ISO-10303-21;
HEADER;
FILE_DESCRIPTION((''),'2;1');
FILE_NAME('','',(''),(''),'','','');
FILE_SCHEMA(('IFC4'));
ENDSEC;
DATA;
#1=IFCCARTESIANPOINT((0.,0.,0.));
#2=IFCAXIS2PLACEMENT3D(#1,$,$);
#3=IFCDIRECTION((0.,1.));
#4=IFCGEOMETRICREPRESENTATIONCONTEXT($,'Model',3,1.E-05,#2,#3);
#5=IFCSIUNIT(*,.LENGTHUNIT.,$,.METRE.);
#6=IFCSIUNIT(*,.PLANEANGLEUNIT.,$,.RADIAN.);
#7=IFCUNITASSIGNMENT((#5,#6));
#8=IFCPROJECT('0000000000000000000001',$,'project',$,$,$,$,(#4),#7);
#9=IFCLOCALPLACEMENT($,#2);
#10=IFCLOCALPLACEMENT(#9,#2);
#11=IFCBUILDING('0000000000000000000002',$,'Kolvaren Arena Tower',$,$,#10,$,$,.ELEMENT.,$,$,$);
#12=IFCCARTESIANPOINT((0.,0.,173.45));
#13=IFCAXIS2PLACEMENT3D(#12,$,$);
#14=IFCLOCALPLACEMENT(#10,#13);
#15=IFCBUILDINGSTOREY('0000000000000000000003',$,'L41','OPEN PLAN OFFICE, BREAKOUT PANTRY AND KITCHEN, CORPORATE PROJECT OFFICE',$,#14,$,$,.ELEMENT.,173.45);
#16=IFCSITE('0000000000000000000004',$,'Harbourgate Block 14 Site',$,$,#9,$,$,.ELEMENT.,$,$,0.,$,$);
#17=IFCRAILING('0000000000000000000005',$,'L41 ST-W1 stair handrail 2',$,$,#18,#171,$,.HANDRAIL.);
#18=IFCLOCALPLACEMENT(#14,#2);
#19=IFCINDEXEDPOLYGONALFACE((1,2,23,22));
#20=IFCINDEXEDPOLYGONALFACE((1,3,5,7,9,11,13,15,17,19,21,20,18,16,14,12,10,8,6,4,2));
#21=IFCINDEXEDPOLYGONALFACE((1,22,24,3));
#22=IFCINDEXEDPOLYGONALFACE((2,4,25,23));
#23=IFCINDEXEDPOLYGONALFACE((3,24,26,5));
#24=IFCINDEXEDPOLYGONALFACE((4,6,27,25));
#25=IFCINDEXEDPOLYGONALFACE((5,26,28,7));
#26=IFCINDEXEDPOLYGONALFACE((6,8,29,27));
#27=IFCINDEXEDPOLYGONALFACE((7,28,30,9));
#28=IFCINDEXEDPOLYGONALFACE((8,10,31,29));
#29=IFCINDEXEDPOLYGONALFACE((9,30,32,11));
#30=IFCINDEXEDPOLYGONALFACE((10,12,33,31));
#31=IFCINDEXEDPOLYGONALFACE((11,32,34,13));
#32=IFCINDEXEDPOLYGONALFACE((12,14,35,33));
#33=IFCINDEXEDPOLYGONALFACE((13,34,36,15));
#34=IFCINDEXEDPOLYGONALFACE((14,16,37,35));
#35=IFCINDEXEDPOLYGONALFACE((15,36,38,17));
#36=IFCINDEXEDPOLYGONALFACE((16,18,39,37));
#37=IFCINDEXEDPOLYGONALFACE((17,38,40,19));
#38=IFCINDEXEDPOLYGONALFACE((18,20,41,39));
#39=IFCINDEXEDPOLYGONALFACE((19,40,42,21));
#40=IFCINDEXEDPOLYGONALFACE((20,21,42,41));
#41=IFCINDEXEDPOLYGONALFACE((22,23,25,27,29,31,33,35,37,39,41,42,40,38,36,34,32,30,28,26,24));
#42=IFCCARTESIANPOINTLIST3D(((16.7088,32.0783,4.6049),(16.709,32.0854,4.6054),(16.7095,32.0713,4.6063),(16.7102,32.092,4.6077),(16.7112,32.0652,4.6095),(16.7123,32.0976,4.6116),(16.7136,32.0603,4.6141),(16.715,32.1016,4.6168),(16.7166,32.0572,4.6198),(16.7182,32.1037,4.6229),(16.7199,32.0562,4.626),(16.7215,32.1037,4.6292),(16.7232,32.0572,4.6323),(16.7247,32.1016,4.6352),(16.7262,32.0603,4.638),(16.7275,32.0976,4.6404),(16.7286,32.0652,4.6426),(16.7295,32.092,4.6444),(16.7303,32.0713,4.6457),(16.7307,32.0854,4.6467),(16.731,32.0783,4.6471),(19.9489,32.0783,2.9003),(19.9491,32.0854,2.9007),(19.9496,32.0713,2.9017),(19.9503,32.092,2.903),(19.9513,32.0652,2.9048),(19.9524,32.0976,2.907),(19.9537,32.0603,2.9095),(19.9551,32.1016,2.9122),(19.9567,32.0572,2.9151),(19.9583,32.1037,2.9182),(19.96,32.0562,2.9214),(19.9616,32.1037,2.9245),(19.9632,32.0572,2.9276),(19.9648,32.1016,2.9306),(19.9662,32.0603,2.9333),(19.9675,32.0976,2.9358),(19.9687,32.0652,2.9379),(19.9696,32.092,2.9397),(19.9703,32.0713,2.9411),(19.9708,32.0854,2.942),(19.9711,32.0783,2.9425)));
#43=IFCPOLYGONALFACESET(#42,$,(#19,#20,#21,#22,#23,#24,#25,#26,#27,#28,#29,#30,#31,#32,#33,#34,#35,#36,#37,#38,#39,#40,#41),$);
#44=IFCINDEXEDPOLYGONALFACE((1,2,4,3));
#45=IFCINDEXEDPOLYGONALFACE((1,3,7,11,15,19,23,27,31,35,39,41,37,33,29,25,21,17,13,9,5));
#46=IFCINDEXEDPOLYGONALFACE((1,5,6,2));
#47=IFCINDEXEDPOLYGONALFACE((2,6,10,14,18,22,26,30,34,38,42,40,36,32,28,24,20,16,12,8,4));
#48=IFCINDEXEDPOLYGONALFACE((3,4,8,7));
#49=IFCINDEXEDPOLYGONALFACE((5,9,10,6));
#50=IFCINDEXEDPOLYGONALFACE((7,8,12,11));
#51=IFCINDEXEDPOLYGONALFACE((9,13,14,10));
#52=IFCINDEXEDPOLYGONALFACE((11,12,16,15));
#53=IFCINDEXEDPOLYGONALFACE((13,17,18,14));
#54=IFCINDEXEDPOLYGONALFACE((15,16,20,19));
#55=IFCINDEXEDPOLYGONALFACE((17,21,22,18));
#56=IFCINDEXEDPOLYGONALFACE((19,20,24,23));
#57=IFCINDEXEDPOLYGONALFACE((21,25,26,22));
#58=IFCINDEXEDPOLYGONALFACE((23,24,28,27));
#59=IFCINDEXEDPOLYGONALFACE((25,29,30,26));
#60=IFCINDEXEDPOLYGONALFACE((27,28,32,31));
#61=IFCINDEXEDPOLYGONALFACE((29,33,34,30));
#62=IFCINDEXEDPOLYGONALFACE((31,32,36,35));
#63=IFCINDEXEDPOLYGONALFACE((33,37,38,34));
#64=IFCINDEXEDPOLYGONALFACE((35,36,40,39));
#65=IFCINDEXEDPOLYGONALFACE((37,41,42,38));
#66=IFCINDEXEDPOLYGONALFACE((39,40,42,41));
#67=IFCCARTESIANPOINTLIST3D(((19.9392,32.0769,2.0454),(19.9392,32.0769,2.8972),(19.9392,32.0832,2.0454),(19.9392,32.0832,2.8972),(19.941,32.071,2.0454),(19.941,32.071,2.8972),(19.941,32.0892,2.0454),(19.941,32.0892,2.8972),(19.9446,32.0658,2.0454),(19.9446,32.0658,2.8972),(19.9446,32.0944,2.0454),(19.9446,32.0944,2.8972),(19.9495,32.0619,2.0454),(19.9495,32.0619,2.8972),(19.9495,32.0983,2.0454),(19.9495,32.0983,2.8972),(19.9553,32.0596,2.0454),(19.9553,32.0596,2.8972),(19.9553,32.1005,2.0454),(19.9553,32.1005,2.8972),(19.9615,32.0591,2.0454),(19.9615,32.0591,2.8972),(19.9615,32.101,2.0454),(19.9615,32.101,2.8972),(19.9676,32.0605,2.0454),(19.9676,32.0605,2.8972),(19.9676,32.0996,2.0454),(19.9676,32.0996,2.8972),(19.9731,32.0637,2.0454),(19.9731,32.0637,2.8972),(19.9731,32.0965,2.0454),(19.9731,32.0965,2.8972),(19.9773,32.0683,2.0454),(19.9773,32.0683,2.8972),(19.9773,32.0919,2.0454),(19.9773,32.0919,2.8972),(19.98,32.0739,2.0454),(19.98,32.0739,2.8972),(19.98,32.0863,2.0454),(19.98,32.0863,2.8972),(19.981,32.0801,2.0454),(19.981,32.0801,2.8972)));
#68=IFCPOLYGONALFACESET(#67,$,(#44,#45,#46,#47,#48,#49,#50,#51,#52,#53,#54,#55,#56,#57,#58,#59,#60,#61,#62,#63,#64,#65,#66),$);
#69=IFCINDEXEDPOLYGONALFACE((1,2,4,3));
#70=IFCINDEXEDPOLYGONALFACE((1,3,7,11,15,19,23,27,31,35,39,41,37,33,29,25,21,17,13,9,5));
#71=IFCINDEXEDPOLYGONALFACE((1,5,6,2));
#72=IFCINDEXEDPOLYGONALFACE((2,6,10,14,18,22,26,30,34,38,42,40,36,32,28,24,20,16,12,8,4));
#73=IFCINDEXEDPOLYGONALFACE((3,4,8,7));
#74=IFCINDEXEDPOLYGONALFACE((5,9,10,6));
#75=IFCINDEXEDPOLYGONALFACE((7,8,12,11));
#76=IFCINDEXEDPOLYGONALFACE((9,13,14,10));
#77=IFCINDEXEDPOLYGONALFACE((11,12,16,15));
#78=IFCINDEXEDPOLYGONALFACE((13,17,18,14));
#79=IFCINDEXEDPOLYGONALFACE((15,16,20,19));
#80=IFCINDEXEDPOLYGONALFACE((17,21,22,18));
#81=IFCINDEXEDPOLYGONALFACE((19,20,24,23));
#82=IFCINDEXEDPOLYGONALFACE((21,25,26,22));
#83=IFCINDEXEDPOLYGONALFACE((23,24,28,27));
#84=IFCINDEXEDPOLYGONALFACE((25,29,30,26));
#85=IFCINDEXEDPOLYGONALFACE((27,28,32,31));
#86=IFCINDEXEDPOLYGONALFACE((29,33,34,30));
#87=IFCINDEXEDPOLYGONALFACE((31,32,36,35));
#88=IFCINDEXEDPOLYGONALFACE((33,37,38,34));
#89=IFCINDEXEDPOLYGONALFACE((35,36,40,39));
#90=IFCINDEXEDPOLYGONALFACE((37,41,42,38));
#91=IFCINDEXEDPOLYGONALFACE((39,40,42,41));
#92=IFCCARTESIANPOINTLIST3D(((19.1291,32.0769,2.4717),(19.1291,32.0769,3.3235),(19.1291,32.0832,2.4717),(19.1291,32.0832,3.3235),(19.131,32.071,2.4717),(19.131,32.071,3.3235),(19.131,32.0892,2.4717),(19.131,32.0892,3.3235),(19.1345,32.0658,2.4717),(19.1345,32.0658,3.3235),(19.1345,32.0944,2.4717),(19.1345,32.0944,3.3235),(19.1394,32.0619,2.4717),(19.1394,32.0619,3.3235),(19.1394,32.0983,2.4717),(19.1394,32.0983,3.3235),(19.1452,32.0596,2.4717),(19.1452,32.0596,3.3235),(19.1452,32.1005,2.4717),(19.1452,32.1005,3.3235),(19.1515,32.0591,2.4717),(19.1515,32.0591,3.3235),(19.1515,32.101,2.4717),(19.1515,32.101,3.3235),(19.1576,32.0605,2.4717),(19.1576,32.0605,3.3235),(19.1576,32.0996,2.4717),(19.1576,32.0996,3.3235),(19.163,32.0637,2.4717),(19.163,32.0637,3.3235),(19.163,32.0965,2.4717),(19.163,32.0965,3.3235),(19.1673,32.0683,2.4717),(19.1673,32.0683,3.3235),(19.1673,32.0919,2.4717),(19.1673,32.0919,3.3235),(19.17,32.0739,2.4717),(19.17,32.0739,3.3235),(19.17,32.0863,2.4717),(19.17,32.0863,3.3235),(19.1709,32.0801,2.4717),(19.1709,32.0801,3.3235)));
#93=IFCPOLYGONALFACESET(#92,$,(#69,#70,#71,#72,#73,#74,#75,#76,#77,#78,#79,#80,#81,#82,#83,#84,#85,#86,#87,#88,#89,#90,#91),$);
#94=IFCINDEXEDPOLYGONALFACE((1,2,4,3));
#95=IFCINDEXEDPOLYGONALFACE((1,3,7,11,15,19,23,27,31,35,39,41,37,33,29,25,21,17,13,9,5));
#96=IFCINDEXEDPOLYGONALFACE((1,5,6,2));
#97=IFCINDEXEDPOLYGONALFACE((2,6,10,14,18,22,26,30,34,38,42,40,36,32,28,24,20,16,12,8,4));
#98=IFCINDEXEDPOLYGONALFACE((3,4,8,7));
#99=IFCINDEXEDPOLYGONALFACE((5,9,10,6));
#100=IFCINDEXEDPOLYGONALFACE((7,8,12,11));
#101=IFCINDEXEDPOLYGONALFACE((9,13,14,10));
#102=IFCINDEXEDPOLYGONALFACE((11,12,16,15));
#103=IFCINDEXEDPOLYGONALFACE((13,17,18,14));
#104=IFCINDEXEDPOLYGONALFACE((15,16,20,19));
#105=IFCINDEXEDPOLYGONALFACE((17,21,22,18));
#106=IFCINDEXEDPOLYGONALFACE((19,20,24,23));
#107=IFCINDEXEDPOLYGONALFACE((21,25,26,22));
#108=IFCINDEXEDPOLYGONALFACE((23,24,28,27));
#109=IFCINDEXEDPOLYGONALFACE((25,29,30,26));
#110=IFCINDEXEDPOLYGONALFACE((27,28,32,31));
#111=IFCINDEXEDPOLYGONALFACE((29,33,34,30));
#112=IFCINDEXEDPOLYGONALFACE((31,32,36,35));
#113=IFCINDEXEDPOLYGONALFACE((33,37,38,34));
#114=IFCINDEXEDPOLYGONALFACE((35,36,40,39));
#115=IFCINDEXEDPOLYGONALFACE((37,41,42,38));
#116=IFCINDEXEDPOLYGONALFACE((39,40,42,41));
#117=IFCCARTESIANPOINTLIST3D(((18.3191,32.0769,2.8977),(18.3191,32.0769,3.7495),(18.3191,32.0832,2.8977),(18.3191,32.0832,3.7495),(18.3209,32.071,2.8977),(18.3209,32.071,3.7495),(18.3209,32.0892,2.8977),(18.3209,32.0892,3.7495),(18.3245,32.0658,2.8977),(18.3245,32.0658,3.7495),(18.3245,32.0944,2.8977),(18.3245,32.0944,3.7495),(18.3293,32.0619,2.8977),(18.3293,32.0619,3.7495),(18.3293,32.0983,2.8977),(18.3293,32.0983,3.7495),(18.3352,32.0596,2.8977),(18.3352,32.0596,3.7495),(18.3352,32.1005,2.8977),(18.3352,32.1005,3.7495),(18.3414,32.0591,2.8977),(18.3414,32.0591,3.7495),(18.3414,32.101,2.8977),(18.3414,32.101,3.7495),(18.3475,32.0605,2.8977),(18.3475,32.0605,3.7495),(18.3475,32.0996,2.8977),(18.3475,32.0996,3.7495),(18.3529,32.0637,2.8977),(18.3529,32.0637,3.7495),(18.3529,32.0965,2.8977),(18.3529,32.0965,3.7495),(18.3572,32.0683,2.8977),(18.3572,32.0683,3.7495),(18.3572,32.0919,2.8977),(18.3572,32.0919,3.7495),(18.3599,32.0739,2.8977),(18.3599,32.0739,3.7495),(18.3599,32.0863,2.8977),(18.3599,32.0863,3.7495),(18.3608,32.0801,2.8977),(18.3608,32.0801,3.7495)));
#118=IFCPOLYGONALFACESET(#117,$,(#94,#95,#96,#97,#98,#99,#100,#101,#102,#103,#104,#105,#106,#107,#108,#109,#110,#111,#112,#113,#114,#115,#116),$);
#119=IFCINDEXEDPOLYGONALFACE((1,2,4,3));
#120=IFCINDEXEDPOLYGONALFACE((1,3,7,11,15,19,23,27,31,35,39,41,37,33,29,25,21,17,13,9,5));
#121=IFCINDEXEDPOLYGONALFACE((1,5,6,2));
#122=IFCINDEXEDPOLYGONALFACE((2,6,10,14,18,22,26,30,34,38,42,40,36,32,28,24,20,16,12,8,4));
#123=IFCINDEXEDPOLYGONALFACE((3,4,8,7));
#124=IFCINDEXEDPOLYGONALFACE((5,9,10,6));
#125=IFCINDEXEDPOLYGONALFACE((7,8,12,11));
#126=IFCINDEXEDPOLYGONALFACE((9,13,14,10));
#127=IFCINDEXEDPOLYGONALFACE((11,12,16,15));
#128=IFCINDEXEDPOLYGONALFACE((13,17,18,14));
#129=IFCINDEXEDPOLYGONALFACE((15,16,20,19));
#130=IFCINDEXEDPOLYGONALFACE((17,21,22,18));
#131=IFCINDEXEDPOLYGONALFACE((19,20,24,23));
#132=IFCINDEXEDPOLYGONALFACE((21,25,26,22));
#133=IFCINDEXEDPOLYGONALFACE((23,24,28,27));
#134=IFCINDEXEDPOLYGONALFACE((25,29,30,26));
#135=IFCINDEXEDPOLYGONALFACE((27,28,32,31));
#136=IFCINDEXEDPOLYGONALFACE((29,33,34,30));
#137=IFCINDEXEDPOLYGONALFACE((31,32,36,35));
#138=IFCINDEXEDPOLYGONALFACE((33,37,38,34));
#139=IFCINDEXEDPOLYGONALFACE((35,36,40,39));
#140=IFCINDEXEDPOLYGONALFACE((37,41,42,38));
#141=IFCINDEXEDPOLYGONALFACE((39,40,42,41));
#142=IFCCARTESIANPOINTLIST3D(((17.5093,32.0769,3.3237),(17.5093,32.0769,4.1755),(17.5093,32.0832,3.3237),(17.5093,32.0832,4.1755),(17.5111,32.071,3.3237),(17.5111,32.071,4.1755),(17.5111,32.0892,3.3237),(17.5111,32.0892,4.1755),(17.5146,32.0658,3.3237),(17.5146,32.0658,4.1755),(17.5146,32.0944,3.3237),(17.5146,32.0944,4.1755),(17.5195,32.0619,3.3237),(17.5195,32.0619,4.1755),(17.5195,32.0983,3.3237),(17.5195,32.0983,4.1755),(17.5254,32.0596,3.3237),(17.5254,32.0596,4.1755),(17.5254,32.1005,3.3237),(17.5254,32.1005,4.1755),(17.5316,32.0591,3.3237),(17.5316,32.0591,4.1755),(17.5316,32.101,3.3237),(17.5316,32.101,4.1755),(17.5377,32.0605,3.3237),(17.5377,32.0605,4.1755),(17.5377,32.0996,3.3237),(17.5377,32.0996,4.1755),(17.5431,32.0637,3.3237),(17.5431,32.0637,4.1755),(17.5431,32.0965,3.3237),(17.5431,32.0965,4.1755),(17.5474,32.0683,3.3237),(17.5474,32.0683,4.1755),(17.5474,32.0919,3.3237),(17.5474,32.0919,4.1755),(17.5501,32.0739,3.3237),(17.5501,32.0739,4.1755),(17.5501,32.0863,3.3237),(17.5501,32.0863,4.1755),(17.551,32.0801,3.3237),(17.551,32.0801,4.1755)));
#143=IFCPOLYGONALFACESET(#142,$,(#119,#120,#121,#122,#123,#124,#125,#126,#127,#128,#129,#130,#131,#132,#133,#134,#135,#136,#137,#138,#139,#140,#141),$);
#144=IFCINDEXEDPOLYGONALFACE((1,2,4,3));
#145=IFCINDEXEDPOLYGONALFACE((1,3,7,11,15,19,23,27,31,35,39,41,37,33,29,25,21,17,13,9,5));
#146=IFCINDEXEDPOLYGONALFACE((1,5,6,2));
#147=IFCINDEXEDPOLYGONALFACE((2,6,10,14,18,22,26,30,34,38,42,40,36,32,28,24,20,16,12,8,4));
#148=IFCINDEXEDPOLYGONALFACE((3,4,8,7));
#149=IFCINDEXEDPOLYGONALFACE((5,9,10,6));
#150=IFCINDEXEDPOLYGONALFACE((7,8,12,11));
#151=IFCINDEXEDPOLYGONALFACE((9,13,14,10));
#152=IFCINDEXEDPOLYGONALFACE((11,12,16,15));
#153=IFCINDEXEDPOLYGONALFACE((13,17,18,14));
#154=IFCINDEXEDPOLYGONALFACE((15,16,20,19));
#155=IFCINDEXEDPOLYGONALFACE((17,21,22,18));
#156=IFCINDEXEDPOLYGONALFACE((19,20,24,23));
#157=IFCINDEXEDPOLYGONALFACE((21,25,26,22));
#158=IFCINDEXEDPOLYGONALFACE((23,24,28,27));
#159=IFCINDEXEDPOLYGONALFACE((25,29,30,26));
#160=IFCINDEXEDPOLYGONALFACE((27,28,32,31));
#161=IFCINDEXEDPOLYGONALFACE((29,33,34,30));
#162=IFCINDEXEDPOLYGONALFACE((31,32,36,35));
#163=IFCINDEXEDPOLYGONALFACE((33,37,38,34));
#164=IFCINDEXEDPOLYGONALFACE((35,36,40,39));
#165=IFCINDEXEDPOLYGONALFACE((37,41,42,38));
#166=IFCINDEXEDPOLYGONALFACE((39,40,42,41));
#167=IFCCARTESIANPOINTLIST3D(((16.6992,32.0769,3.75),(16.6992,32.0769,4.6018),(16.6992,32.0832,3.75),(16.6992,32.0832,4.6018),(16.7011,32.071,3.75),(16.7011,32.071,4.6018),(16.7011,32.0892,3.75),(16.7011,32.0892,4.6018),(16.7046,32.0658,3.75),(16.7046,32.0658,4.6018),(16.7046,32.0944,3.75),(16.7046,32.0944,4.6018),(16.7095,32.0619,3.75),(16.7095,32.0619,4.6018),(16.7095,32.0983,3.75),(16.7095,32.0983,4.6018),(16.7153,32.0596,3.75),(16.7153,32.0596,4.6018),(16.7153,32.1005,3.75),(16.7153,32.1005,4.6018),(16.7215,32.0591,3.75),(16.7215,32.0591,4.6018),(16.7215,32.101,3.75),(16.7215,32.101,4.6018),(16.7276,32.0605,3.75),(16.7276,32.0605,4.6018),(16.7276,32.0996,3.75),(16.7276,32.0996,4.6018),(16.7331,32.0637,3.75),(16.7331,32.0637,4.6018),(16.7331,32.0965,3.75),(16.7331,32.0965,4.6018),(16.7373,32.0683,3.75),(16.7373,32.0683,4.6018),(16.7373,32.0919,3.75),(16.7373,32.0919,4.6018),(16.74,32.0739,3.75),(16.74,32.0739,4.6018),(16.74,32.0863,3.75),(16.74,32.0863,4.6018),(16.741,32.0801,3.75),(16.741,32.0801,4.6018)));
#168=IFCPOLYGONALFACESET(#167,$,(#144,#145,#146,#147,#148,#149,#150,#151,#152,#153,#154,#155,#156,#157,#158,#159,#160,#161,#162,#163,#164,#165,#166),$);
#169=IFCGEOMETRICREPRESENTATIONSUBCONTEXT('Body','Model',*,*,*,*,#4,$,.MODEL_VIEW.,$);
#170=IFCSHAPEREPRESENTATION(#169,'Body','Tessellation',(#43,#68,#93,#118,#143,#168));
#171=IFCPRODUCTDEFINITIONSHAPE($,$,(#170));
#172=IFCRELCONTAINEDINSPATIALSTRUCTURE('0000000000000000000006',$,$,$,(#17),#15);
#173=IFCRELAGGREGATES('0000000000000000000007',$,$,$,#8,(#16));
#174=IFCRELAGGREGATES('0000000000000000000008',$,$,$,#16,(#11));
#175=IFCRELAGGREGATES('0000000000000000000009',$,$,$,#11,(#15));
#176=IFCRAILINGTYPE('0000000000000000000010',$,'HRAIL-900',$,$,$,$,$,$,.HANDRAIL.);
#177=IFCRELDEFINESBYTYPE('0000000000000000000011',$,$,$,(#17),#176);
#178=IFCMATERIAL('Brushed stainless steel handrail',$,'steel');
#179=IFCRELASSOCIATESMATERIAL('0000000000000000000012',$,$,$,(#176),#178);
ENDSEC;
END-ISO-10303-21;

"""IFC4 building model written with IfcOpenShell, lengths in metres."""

from ifc_helpers import new_model, si_unit, direction, frame, origin, origin_2d, place, context, subcontext, project, spatial, circle, extrude, material, type_object, element, save


model = new_model("IFC4")

# Units and contexts
model_context = context("Model", 3, precision=1e-05, world=origin(), true_north=direction((0.0, 1.0)))
body_context = subcontext(model_context, "Body", "Model", "MODEL_VIEW")
ifc_project = project(units=[si_unit("LENGTHUNIT", "METRE"), si_unit("PLANEANGLEUNIT", "RADIAN")], contexts=[model_context])

# Site, building, storey
site_placement = place(None, origin())
site = spatial("IfcSite", under=ifc_project, at=site_placement, Name="Harbourgate Block 14 Site", CompositionType="ELEMENT", RefElevation=0.0)
building_placement = place(site_placement, origin())
building = spatial("IfcBuilding", under=site, at=building_placement, Name="Kolvaren Arena Tower", CompositionType="ELEMENT")
storey_placement = place(building_placement, frame((0.0, 0.0, 173.45)))
storey = spatial("IfcBuildingStorey", under=building, at=storey_placement, Name="L41", Description="OPEN PLAN OFFICE, BREAKOUT PANTRY AND KITCHEN, CORPORATE PROJECT OFFICE", CompositionType="ELEMENT", Elevation=173.45)

# Railing
ifc_material_1 = material(Name="Brushed stainless steel handrail", Category="steel")
railing_type_1 = type_object("IfcRailingType", Name="HRAIL-900", PredefinedType="HANDRAIL", material=ifc_material_1)
railing_1_placement = place(storey_placement, frame((19.96, 32.0801, 2.0454)))
element("IfcRailing", 1, at=railing_1_placement, inside=storey, type_object=railing_type_1, Name="L41 ST-W1 stair handrail 2", PredefinedType="HANDRAIL", context=body_context, shape_type="SweptSolid", body=[
    extrude(circle(Radius=0.0239, at=origin_2d()), frame((0.0, 0.0, 0.876), z_axis=(-0.884993, 0.0, 0.465604), x_axis=(0.0, -1.0, 0.0)), (0.0, 0.0, 1.0), 3.6611),
    extrude(circle(Radius=0.021, at=origin_2d()), origin(), (0.0, 0.0, 1.0), 0.8518),
    extrude(circle(Radius=0.021, at=origin_2d()), frame((-0.8101, 0.0, 0.4263)), (0.0, 0.0, 1.0), 0.8518),
    extrude(circle(Radius=0.021, at=origin_2d()), frame((-1.6201, 0.0, 0.8523)), (0.0, 0.0, 1.0), 0.8518),
    extrude(circle(Radius=0.021, at=origin_2d()), frame((-2.4299, 0.0, 1.2783)), (0.0, 0.0, 1.0), 0.8518),
    extrude(circle(Radius=0.021, at=origin_2d()), frame((-3.24, 0.0, 1.7046)), (0.0, 0.0, 1.0), 0.8518),
])

save(model, "model.ifc")
